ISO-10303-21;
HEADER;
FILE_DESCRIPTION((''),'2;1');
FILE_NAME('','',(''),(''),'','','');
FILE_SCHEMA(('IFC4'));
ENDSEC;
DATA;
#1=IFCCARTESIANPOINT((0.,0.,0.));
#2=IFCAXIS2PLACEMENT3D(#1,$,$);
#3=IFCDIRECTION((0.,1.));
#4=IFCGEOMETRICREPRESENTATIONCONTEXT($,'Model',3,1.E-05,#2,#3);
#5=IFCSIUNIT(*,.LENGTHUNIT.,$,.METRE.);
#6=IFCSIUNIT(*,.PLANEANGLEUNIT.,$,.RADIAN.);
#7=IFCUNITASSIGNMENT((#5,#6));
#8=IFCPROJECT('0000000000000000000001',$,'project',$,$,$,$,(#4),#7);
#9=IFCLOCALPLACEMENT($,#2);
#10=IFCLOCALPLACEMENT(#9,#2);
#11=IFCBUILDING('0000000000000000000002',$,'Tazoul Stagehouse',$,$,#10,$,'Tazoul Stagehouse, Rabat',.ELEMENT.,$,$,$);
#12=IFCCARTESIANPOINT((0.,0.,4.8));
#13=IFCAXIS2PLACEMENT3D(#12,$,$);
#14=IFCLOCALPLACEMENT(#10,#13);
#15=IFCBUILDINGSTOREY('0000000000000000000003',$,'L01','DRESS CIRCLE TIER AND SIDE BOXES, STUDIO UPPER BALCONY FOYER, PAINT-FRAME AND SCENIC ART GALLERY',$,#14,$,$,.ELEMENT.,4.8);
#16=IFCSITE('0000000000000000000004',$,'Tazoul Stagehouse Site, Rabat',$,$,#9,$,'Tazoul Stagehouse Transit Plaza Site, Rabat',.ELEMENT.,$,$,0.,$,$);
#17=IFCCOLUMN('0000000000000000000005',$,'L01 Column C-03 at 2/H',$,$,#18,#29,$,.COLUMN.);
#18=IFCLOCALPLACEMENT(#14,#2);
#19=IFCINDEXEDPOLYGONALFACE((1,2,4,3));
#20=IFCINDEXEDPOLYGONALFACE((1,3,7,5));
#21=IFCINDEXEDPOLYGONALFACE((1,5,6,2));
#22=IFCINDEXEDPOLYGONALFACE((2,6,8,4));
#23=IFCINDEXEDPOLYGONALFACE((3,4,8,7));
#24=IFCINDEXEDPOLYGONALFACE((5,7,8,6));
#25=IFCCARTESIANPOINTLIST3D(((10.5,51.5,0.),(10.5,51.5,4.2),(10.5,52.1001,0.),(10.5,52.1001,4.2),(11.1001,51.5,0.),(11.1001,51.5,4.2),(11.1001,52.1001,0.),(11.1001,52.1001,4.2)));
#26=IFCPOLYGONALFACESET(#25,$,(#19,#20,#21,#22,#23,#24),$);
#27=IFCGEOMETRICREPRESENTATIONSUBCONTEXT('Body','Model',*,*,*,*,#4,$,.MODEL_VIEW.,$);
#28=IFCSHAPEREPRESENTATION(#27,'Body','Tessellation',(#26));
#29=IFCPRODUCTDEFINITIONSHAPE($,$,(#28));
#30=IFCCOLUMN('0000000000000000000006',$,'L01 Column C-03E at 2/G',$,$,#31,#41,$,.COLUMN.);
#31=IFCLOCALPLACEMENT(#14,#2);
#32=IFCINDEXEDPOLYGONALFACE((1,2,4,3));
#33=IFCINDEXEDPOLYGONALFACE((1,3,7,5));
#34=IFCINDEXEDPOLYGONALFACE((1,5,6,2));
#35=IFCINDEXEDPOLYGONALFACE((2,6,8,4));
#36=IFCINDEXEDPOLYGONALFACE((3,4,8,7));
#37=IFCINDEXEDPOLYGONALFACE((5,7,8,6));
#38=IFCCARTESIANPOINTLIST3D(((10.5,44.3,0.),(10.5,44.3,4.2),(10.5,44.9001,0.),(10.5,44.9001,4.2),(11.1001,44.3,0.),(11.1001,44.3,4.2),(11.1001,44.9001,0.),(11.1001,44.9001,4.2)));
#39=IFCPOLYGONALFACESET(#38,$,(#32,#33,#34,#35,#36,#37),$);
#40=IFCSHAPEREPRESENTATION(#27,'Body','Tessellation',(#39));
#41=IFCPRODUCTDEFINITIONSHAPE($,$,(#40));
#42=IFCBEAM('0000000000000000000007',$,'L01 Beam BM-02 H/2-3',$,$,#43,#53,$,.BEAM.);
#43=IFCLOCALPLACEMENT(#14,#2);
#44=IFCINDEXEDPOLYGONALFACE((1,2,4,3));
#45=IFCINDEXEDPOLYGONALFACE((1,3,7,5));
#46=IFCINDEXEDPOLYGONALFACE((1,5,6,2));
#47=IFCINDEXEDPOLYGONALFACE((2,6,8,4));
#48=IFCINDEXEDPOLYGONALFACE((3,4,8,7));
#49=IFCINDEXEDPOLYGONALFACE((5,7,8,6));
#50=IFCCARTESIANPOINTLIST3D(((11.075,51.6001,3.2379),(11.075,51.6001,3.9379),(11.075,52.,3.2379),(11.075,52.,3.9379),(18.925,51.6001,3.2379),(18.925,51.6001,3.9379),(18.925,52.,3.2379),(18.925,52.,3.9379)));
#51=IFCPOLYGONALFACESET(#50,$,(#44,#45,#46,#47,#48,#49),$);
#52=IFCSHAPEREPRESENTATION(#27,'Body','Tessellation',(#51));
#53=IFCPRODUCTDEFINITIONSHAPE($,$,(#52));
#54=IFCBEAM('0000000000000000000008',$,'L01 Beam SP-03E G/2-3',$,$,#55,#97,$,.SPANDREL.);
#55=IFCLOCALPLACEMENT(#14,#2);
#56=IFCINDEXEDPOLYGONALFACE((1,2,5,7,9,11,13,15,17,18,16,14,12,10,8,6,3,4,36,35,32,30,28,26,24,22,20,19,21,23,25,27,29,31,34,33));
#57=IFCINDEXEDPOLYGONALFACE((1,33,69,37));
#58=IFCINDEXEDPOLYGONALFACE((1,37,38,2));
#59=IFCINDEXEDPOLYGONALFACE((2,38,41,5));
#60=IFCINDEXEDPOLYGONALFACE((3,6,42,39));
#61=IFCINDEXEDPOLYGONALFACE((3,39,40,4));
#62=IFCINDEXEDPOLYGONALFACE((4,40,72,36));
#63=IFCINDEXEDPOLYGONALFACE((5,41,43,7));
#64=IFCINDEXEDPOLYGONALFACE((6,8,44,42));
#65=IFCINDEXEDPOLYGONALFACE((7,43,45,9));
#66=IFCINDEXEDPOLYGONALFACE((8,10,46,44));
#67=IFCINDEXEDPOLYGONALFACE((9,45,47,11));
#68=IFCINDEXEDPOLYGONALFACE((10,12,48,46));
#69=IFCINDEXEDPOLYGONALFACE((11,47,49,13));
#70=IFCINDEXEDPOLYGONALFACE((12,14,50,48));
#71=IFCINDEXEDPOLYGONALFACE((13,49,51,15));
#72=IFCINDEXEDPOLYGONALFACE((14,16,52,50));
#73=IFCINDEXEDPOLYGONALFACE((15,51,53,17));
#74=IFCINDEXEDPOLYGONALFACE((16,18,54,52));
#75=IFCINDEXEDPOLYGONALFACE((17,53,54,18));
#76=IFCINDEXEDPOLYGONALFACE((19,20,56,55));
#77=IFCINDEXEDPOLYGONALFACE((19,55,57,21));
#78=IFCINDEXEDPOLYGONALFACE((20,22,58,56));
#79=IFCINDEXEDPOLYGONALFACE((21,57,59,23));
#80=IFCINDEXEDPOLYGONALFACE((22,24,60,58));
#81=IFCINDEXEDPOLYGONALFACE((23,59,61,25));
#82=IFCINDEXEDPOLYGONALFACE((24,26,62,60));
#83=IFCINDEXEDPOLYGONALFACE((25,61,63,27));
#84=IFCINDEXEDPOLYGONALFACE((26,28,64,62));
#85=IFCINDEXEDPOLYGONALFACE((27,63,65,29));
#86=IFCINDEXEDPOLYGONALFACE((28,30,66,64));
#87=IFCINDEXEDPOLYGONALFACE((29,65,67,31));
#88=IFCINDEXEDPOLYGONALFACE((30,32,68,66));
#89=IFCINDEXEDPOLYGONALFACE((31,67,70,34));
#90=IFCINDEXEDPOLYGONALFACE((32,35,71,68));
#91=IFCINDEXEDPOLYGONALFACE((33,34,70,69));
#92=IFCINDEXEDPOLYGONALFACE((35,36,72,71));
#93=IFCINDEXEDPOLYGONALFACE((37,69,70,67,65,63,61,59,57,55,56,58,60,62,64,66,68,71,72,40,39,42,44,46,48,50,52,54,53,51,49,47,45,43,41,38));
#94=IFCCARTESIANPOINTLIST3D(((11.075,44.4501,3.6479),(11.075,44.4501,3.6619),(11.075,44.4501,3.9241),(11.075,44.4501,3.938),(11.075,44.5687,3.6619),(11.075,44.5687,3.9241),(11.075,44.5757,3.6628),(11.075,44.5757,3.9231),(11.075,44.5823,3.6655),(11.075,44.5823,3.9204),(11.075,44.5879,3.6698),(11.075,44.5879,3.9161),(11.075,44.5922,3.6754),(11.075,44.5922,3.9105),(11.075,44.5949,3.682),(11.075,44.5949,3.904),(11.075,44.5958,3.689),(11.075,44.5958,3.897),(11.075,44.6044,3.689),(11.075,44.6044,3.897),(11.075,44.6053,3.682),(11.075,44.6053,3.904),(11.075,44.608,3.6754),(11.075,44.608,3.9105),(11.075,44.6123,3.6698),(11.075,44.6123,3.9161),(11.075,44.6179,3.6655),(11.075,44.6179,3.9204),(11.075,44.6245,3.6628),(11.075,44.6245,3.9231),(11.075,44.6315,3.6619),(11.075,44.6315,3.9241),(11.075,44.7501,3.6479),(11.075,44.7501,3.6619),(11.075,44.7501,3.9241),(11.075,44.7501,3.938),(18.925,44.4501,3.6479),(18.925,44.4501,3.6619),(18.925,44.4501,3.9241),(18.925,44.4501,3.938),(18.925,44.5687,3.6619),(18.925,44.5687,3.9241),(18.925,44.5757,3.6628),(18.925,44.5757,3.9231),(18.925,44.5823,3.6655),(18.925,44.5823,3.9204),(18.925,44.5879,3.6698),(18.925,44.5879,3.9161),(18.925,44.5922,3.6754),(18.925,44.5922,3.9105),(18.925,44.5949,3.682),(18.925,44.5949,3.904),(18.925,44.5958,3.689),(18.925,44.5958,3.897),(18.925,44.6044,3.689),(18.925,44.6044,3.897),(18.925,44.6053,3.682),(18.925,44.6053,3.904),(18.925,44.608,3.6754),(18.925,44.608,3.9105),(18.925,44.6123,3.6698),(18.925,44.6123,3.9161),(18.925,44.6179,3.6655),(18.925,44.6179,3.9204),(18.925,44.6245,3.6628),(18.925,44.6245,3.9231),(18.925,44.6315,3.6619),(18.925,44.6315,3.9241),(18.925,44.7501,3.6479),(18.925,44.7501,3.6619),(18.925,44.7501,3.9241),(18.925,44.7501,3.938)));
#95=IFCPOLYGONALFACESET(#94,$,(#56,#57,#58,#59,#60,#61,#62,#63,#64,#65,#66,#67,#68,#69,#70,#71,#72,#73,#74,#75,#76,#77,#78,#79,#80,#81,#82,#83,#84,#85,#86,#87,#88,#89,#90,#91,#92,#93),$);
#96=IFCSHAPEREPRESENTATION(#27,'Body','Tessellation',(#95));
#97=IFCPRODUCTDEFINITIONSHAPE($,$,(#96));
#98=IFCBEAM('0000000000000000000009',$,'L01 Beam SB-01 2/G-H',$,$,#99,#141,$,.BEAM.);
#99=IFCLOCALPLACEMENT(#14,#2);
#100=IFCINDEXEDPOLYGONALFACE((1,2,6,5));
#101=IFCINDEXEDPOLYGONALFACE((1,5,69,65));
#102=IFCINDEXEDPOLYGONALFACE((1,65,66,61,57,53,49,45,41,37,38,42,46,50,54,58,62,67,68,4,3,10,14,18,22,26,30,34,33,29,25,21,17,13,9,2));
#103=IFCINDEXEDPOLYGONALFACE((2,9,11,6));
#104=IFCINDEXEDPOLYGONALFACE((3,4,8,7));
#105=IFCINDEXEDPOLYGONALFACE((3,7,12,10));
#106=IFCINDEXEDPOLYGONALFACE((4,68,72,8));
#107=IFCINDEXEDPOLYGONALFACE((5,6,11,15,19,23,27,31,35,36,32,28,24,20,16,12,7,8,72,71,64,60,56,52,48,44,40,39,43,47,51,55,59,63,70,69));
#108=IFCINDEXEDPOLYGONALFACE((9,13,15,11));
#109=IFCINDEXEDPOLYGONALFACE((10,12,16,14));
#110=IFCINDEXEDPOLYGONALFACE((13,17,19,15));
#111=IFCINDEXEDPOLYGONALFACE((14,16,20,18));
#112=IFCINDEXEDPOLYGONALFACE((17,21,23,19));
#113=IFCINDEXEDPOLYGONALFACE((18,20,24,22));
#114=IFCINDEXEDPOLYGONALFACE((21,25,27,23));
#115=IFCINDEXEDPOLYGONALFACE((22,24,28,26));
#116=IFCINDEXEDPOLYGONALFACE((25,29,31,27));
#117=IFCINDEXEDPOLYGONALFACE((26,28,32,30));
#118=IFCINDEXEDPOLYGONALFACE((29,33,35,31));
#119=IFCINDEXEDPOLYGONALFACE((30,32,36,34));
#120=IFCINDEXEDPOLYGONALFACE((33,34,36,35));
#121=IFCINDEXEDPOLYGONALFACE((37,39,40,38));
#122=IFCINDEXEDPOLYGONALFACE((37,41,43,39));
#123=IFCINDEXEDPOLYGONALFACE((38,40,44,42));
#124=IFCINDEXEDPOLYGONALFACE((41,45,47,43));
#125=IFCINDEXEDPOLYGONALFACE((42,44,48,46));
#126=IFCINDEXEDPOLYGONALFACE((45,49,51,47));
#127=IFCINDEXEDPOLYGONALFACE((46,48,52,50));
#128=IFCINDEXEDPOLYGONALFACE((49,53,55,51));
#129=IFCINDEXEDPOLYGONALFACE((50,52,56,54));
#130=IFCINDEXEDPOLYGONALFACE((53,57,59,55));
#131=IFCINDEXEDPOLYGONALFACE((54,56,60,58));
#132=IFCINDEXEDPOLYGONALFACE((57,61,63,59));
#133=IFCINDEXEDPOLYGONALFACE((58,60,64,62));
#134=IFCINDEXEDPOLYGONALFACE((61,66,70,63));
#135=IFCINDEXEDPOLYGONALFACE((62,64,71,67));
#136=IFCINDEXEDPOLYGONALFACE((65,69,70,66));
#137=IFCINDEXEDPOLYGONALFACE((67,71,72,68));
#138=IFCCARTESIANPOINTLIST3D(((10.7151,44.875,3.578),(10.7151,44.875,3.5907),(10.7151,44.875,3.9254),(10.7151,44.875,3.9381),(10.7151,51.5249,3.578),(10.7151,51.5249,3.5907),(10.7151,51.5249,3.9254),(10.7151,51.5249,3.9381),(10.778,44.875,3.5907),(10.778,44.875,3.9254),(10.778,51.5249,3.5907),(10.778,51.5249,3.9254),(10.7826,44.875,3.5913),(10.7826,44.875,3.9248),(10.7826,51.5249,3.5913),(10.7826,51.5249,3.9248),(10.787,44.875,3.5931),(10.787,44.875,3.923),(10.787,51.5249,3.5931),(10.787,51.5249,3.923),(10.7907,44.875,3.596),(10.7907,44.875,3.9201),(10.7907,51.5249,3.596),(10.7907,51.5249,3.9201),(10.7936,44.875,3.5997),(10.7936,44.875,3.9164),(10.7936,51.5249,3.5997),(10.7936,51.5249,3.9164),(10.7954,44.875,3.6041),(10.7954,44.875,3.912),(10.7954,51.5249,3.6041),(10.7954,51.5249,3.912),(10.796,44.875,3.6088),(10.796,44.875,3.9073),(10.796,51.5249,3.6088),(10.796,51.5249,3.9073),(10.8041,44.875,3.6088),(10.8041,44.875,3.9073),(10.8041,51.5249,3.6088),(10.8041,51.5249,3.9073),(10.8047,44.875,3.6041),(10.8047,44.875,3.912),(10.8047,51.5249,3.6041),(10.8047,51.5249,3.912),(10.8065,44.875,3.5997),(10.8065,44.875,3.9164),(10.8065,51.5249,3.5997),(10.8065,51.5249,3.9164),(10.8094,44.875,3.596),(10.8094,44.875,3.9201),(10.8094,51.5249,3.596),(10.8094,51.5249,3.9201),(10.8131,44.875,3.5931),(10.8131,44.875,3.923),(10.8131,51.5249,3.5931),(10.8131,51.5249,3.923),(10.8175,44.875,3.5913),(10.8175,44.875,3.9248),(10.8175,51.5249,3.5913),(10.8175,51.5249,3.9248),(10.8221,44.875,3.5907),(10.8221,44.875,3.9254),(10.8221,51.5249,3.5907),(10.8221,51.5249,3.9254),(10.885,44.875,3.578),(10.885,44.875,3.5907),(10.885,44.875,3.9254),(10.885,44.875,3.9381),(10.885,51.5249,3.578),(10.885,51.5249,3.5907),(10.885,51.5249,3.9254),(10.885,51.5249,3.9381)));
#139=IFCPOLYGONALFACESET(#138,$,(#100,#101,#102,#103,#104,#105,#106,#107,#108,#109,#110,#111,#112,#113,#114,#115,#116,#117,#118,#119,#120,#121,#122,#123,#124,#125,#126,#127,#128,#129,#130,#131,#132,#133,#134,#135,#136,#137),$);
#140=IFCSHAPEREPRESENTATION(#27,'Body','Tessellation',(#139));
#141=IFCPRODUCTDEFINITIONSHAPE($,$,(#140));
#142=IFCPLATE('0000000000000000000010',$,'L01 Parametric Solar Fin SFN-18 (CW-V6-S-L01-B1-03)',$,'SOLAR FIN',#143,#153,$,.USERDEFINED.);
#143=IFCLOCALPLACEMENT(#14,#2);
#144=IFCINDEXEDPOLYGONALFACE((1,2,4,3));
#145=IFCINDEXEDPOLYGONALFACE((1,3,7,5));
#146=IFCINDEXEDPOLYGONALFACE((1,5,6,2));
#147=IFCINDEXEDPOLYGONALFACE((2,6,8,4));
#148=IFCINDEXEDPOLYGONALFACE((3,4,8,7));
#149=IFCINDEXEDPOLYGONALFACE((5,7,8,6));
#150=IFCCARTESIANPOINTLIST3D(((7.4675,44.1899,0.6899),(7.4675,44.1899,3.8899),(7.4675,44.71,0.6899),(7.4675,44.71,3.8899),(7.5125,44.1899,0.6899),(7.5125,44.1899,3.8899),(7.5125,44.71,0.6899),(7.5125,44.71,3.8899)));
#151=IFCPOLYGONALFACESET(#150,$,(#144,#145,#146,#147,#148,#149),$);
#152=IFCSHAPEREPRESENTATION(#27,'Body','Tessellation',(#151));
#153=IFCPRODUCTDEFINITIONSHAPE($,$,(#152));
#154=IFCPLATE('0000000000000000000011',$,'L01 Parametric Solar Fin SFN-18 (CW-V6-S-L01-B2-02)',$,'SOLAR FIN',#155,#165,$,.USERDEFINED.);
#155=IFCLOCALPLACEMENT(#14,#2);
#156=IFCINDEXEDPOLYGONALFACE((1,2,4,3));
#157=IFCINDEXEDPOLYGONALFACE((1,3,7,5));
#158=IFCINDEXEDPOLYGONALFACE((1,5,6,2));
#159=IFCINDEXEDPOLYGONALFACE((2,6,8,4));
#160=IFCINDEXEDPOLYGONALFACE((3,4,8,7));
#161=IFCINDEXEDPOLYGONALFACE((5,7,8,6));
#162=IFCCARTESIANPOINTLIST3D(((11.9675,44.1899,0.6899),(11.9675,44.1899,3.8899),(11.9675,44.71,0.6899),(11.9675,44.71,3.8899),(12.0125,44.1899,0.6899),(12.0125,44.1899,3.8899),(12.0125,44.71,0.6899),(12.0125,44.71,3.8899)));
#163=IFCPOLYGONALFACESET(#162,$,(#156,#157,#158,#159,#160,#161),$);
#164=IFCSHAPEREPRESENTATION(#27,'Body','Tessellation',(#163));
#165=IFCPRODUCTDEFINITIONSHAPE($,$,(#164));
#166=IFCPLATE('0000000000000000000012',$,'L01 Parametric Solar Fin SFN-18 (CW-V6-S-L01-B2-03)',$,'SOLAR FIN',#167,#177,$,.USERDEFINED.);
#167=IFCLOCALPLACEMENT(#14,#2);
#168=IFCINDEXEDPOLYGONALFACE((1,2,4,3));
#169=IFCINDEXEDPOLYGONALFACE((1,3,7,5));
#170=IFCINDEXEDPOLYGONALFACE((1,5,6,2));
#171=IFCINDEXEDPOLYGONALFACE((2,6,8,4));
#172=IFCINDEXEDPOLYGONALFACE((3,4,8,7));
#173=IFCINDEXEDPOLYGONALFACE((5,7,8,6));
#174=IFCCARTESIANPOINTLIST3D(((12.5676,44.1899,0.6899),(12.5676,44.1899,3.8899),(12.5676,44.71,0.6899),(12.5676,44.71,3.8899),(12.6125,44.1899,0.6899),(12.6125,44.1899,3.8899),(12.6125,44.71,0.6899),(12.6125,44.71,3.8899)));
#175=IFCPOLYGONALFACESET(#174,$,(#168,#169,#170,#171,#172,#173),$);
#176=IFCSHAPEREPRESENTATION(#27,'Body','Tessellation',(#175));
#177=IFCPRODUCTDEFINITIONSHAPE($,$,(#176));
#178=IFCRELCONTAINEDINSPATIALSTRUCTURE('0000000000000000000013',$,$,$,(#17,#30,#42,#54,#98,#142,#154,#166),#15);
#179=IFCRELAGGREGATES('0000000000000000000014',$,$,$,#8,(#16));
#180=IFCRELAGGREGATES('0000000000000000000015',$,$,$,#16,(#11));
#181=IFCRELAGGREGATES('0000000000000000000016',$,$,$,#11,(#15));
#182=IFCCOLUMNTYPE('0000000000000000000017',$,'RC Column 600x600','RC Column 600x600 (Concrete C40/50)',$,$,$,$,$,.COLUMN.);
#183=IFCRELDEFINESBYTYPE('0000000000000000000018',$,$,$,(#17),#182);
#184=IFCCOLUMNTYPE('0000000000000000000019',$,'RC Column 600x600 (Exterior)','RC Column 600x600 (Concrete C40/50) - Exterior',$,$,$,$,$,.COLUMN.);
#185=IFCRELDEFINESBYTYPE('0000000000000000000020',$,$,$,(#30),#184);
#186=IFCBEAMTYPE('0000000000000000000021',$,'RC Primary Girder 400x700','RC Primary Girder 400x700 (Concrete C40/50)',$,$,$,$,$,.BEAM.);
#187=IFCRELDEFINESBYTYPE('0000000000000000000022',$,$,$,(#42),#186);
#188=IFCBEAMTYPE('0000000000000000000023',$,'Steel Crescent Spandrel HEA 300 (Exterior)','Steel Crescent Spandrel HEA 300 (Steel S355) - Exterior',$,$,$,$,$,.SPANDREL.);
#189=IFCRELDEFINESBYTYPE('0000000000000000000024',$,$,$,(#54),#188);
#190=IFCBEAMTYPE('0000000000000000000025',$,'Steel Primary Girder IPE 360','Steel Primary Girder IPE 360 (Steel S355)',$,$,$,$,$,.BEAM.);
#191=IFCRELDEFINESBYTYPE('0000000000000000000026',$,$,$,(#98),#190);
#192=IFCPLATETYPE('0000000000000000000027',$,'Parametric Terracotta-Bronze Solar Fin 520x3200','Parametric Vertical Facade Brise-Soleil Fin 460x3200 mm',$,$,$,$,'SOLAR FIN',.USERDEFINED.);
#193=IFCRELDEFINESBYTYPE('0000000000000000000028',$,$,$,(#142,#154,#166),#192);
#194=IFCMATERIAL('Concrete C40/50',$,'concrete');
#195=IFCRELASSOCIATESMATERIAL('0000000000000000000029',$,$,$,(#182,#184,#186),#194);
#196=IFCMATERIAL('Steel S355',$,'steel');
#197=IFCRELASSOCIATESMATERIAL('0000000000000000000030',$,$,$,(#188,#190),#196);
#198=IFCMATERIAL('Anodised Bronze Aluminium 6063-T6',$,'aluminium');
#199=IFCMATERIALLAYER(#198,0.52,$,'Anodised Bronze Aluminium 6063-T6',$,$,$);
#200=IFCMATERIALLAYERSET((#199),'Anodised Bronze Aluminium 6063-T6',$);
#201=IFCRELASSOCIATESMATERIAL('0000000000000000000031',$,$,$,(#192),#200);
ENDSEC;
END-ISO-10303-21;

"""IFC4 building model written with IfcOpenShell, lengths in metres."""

from ifc_helpers import new_model, si_unit, direction, frame, origin, origin_2d, place, context, subcontext, project, spatial, rectangle, i_section, extrude, material, layer, layer_set, material_profile, profile_set, type_object, element, save


model = new_model("IFC4")

# Units and contexts
model_context = context("Model", 3, precision=1e-05, world=origin(), true_north=direction((0.0, 1.0)))
body_context = subcontext(model_context, "Body", "Model", "MODEL_VIEW")
ifc_project = project(units=[si_unit("LENGTHUNIT", "METRE"), si_unit("PLANEANGLEUNIT", "RADIAN")], contexts=[model_context])

# Site, building, storey
site_placement = place(None, origin())
site = spatial("IfcSite", under=ifc_project, at=site_placement, Name="Tazoul Stagehouse Site, Rabat", LongName="Tazoul Stagehouse Transit Plaza Site, Rabat", CompositionType="ELEMENT", RefElevation=0.0)
building_placement = place(site_placement, origin())
building = spatial("IfcBuilding", under=site, at=building_placement, Name="Tazoul Stagehouse", LongName="Tazoul Stagehouse, Rabat", CompositionType="ELEMENT")
storey_placement = place(building_placement, frame((0.0, 0.0, 4.8)))
storey = spatial("IfcBuildingStorey", under=building, at=storey_placement, Name="L01", Description="DRESS CIRCLE TIER AND SIDE BOXES, STUDIO UPPER BALCONY FOYER, PAINT-FRAME AND SCENIC ART GALLERY", CompositionType="ELEMENT", Elevation=4.8)

# Columns
ifc_material_1 = material(Name="Concrete C40/50", Category="concrete")
ifc_material_profile_1 = material_profile(ifc_material_1, rectangle(XDim=0.6001, YDim=0.6001, at=origin_2d()), Name="RC 600x600")
ifc_profile_set_1 = profile_set([ifc_material_profile_1], Name="Concrete C40/50")
column_type_1 = type_object("IfcColumnType", Name="RC Column 600x600", Description="RC Column 600x600 (Concrete C40/50)", PredefinedType="COLUMN", material=ifc_profile_set_1)
column_1_placement = place(storey_placement, frame((10.8, 51.8, 0.0), z_axis=(0.0, 0.0, 1.0), x_axis=(1.0, 0.0, 0.0)))
element("IfcColumn", 1, at=column_1_placement, inside=storey, type_object=column_type_1, Name="L01 Column C-03 at 2/H", PredefinedType="COLUMN", context=body_context, shape_type="SweptSolid", body=[
    extrude(rectangle(XDim=0.6001, YDim=0.6001, at=origin_2d()), origin(), (0.0, 0.0, 1.0), 4.2),
])
ifc_material_profile_2 = material_profile(ifc_material_1, rectangle(XDim=0.6001, YDim=0.6001, at=origin_2d()), Name="RC 600x600")
ifc_profile_set_2 = profile_set([ifc_material_profile_2], Name="Concrete C40/50")
column_type_2 = type_object("IfcColumnType", Name="RC Column 600x600 (Exterior)", Description="RC Column 600x600 (Concrete C40/50) - Exterior", PredefinedType="COLUMN", material=ifc_profile_set_2)
column_2_placement = place(storey_placement, frame((10.8, 44.6001, 0.0), z_axis=(0.0, 0.0, 1.0), x_axis=(1.0, 0.0, 0.0)))
element("IfcColumn", 2, at=column_2_placement, inside=storey, type_object=column_type_2, Name="L01 Column C-03E at 2/G", PredefinedType="COLUMN", context=body_context, shape_type="SweptSolid", body=[
    extrude(rectangle(XDim=0.6001, YDim=0.6001, at=origin_2d()), origin(), (0.0, 0.0, 1.0), 4.2),
])

# Beams
ifc_material_profile_3 = material_profile(ifc_material_1, rectangle(XDim=0.3999, YDim=0.7, at=origin_2d()), Name="RC 400x700")
ifc_profile_set_3 = profile_set([ifc_material_profile_3], Name="Concrete C40/50")
beam_type_1 = type_object("IfcBeamType", Name="RC Primary Girder 400x700", Description="RC Primary Girder 400x700 (Concrete C40/50)", PredefinedType="BEAM", material=ifc_profile_set_3)
beam_1_placement = place(storey_placement, frame((11.075, 51.8, 3.5879), z_axis=(1.0, 0.0, 0.0), x_axis=(0.0, 1.0, 0.0)))
element("IfcBeam", 3, at=beam_1_placement, inside=storey, type_object=beam_type_1, Name="L01 Beam BM-02 H/2-3", PredefinedType="BEAM", context=body_context, shape_type="SweptSolid", body=[
    extrude(rectangle(XDim=0.3999, YDim=0.7, at=origin_2d()), origin(), (0.0, 0.0, 1.0), 7.8501),
])
ifc_material_2 = material(Name="Steel S355", Category="steel")
ifc_material_profile_4 = material_profile(ifc_material_2, i_section(OverallWidth=0.3, OverallDepth=0.29, WebThickness=0.0085, FlangeThickness=0.0139, FilletRadius=0.0271, at=origin_2d()), Name="HEA 300")
ifc_profile_set_4 = profile_set([ifc_material_profile_4], Name="Steel S355")
beam_type_2 = type_object("IfcBeamType", Name="Steel Crescent Spandrel HEA 300 (Exterior)", Description="Steel Crescent Spandrel HEA 300 (Steel S355) - Exterior", PredefinedType="SPANDREL", material=ifc_profile_set_4)
beam_2_placement = place(storey_placement, frame((11.075, 44.6001, 3.793), z_axis=(1.0, 0.0, 0.0), x_axis=(0.0, 1.0, 0.0)))
element("IfcBeam", 4, at=beam_2_placement, inside=storey, type_object=beam_type_2, Name="L01 Beam SP-03E G/2-3", PredefinedType="SPANDREL", context=body_context, shape_type="SweptSolid", body=[
    extrude(i_section(OverallWidth=0.3, OverallDepth=0.29, WebThickness=0.0085, FlangeThickness=0.0139, FilletRadius=0.0271, at=origin_2d()), origin(), (0.0, 0.0, 1.0), 7.8501),
])
ifc_material_profile_5 = material_profile(ifc_material_2, i_section(OverallWidth=0.1699, OverallDepth=0.3601, WebThickness=0.0081, FlangeThickness=0.0127, FilletRadius=0.0181, at=origin_2d()), Name="IPE 360")
ifc_profile_set_5 = profile_set([ifc_material_profile_5], Name="Steel S355")
beam_type_3 = type_object("IfcBeamType", Name="Steel Primary Girder IPE 360", Description="Steel Primary Girder IPE 360 (Steel S355)", PredefinedType="BEAM", material=ifc_profile_set_5)
beam_3_placement = place(storey_placement, frame((10.8, 44.875, 3.7581), z_axis=(0.0, 1.0, 0.0), x_axis=(-1.0, 0.0, 0.0)))
element("IfcBeam", 5, at=beam_3_placement, inside=storey, type_object=beam_type_3, Name="L01 Beam SB-01 2/G-H", PredefinedType="BEAM", context=body_context, shape_type="SweptSolid", body=[
    extrude(i_section(OverallWidth=0.1699, OverallDepth=0.3601, WebThickness=0.0081, FlangeThickness=0.0127, FilletRadius=0.0181, at=origin_2d()), origin(), (0.0, 0.0, 1.0), 6.6499),
])

# Plates
ifc_material_3 = material(Name="Anodised Bronze Aluminium 6063-T6", Category="aluminium")
ifc_layer_1 = layer(ifc_material_3, 0.52, Name="Anodised Bronze Aluminium 6063-T6")
ifc_layer_set_1 = layer_set([ifc_layer_1], Name="Anodised Bronze Aluminium 6063-T6")
plate_type = type_object("IfcPlateType", Name="Parametric Terracotta-Bronze Solar Fin 520x3200", Description="Parametric Vertical Facade Brise-Soleil Fin 460x3200 mm", ElementType="SOLAR FIN", PredefinedType="USERDEFINED", material=ifc_layer_set_1)
for number, where, z_axis, x_axis, name in (
    (6, (7.49, 44.45, 0.6899), (0.0, 0.0, 1.0), (1.0, 0.0, 0.0), "L01 Parametric Solar Fin SFN-18 (CW-V6-S-L01-B1-03)"),
    (7, (11.99, 44.45, 0.6899), (0.0, 0.0, 1.0), (1.0, 0.0, 0.0), "L01 Parametric Solar Fin SFN-18 (CW-V6-S-L01-B2-02)"),
    (8, (12.5901, 44.45, 0.6899), (0.0, 0.0, 1.0), (1.0, 0.0, 0.0), "L01 Parametric Solar Fin SFN-18 (CW-V6-S-L01-B2-03)"),
):
    element("IfcPlate", number, at=place(storey_placement, frame(where, z_axis=z_axis, x_axis=x_axis)), inside=storey, type_object=plate_type, Name=name, ObjectType="SOLAR FIN", PredefinedType="USERDEFINED", context=body_context, shape_type="SweptSolid", body=[
        extrude(rectangle(XDim=0.0449, YDim=0.52, at=origin_2d()), origin(), (0.0, 0.0, 1.0), 3.2),
    ])

save(model, "model.ifc")
